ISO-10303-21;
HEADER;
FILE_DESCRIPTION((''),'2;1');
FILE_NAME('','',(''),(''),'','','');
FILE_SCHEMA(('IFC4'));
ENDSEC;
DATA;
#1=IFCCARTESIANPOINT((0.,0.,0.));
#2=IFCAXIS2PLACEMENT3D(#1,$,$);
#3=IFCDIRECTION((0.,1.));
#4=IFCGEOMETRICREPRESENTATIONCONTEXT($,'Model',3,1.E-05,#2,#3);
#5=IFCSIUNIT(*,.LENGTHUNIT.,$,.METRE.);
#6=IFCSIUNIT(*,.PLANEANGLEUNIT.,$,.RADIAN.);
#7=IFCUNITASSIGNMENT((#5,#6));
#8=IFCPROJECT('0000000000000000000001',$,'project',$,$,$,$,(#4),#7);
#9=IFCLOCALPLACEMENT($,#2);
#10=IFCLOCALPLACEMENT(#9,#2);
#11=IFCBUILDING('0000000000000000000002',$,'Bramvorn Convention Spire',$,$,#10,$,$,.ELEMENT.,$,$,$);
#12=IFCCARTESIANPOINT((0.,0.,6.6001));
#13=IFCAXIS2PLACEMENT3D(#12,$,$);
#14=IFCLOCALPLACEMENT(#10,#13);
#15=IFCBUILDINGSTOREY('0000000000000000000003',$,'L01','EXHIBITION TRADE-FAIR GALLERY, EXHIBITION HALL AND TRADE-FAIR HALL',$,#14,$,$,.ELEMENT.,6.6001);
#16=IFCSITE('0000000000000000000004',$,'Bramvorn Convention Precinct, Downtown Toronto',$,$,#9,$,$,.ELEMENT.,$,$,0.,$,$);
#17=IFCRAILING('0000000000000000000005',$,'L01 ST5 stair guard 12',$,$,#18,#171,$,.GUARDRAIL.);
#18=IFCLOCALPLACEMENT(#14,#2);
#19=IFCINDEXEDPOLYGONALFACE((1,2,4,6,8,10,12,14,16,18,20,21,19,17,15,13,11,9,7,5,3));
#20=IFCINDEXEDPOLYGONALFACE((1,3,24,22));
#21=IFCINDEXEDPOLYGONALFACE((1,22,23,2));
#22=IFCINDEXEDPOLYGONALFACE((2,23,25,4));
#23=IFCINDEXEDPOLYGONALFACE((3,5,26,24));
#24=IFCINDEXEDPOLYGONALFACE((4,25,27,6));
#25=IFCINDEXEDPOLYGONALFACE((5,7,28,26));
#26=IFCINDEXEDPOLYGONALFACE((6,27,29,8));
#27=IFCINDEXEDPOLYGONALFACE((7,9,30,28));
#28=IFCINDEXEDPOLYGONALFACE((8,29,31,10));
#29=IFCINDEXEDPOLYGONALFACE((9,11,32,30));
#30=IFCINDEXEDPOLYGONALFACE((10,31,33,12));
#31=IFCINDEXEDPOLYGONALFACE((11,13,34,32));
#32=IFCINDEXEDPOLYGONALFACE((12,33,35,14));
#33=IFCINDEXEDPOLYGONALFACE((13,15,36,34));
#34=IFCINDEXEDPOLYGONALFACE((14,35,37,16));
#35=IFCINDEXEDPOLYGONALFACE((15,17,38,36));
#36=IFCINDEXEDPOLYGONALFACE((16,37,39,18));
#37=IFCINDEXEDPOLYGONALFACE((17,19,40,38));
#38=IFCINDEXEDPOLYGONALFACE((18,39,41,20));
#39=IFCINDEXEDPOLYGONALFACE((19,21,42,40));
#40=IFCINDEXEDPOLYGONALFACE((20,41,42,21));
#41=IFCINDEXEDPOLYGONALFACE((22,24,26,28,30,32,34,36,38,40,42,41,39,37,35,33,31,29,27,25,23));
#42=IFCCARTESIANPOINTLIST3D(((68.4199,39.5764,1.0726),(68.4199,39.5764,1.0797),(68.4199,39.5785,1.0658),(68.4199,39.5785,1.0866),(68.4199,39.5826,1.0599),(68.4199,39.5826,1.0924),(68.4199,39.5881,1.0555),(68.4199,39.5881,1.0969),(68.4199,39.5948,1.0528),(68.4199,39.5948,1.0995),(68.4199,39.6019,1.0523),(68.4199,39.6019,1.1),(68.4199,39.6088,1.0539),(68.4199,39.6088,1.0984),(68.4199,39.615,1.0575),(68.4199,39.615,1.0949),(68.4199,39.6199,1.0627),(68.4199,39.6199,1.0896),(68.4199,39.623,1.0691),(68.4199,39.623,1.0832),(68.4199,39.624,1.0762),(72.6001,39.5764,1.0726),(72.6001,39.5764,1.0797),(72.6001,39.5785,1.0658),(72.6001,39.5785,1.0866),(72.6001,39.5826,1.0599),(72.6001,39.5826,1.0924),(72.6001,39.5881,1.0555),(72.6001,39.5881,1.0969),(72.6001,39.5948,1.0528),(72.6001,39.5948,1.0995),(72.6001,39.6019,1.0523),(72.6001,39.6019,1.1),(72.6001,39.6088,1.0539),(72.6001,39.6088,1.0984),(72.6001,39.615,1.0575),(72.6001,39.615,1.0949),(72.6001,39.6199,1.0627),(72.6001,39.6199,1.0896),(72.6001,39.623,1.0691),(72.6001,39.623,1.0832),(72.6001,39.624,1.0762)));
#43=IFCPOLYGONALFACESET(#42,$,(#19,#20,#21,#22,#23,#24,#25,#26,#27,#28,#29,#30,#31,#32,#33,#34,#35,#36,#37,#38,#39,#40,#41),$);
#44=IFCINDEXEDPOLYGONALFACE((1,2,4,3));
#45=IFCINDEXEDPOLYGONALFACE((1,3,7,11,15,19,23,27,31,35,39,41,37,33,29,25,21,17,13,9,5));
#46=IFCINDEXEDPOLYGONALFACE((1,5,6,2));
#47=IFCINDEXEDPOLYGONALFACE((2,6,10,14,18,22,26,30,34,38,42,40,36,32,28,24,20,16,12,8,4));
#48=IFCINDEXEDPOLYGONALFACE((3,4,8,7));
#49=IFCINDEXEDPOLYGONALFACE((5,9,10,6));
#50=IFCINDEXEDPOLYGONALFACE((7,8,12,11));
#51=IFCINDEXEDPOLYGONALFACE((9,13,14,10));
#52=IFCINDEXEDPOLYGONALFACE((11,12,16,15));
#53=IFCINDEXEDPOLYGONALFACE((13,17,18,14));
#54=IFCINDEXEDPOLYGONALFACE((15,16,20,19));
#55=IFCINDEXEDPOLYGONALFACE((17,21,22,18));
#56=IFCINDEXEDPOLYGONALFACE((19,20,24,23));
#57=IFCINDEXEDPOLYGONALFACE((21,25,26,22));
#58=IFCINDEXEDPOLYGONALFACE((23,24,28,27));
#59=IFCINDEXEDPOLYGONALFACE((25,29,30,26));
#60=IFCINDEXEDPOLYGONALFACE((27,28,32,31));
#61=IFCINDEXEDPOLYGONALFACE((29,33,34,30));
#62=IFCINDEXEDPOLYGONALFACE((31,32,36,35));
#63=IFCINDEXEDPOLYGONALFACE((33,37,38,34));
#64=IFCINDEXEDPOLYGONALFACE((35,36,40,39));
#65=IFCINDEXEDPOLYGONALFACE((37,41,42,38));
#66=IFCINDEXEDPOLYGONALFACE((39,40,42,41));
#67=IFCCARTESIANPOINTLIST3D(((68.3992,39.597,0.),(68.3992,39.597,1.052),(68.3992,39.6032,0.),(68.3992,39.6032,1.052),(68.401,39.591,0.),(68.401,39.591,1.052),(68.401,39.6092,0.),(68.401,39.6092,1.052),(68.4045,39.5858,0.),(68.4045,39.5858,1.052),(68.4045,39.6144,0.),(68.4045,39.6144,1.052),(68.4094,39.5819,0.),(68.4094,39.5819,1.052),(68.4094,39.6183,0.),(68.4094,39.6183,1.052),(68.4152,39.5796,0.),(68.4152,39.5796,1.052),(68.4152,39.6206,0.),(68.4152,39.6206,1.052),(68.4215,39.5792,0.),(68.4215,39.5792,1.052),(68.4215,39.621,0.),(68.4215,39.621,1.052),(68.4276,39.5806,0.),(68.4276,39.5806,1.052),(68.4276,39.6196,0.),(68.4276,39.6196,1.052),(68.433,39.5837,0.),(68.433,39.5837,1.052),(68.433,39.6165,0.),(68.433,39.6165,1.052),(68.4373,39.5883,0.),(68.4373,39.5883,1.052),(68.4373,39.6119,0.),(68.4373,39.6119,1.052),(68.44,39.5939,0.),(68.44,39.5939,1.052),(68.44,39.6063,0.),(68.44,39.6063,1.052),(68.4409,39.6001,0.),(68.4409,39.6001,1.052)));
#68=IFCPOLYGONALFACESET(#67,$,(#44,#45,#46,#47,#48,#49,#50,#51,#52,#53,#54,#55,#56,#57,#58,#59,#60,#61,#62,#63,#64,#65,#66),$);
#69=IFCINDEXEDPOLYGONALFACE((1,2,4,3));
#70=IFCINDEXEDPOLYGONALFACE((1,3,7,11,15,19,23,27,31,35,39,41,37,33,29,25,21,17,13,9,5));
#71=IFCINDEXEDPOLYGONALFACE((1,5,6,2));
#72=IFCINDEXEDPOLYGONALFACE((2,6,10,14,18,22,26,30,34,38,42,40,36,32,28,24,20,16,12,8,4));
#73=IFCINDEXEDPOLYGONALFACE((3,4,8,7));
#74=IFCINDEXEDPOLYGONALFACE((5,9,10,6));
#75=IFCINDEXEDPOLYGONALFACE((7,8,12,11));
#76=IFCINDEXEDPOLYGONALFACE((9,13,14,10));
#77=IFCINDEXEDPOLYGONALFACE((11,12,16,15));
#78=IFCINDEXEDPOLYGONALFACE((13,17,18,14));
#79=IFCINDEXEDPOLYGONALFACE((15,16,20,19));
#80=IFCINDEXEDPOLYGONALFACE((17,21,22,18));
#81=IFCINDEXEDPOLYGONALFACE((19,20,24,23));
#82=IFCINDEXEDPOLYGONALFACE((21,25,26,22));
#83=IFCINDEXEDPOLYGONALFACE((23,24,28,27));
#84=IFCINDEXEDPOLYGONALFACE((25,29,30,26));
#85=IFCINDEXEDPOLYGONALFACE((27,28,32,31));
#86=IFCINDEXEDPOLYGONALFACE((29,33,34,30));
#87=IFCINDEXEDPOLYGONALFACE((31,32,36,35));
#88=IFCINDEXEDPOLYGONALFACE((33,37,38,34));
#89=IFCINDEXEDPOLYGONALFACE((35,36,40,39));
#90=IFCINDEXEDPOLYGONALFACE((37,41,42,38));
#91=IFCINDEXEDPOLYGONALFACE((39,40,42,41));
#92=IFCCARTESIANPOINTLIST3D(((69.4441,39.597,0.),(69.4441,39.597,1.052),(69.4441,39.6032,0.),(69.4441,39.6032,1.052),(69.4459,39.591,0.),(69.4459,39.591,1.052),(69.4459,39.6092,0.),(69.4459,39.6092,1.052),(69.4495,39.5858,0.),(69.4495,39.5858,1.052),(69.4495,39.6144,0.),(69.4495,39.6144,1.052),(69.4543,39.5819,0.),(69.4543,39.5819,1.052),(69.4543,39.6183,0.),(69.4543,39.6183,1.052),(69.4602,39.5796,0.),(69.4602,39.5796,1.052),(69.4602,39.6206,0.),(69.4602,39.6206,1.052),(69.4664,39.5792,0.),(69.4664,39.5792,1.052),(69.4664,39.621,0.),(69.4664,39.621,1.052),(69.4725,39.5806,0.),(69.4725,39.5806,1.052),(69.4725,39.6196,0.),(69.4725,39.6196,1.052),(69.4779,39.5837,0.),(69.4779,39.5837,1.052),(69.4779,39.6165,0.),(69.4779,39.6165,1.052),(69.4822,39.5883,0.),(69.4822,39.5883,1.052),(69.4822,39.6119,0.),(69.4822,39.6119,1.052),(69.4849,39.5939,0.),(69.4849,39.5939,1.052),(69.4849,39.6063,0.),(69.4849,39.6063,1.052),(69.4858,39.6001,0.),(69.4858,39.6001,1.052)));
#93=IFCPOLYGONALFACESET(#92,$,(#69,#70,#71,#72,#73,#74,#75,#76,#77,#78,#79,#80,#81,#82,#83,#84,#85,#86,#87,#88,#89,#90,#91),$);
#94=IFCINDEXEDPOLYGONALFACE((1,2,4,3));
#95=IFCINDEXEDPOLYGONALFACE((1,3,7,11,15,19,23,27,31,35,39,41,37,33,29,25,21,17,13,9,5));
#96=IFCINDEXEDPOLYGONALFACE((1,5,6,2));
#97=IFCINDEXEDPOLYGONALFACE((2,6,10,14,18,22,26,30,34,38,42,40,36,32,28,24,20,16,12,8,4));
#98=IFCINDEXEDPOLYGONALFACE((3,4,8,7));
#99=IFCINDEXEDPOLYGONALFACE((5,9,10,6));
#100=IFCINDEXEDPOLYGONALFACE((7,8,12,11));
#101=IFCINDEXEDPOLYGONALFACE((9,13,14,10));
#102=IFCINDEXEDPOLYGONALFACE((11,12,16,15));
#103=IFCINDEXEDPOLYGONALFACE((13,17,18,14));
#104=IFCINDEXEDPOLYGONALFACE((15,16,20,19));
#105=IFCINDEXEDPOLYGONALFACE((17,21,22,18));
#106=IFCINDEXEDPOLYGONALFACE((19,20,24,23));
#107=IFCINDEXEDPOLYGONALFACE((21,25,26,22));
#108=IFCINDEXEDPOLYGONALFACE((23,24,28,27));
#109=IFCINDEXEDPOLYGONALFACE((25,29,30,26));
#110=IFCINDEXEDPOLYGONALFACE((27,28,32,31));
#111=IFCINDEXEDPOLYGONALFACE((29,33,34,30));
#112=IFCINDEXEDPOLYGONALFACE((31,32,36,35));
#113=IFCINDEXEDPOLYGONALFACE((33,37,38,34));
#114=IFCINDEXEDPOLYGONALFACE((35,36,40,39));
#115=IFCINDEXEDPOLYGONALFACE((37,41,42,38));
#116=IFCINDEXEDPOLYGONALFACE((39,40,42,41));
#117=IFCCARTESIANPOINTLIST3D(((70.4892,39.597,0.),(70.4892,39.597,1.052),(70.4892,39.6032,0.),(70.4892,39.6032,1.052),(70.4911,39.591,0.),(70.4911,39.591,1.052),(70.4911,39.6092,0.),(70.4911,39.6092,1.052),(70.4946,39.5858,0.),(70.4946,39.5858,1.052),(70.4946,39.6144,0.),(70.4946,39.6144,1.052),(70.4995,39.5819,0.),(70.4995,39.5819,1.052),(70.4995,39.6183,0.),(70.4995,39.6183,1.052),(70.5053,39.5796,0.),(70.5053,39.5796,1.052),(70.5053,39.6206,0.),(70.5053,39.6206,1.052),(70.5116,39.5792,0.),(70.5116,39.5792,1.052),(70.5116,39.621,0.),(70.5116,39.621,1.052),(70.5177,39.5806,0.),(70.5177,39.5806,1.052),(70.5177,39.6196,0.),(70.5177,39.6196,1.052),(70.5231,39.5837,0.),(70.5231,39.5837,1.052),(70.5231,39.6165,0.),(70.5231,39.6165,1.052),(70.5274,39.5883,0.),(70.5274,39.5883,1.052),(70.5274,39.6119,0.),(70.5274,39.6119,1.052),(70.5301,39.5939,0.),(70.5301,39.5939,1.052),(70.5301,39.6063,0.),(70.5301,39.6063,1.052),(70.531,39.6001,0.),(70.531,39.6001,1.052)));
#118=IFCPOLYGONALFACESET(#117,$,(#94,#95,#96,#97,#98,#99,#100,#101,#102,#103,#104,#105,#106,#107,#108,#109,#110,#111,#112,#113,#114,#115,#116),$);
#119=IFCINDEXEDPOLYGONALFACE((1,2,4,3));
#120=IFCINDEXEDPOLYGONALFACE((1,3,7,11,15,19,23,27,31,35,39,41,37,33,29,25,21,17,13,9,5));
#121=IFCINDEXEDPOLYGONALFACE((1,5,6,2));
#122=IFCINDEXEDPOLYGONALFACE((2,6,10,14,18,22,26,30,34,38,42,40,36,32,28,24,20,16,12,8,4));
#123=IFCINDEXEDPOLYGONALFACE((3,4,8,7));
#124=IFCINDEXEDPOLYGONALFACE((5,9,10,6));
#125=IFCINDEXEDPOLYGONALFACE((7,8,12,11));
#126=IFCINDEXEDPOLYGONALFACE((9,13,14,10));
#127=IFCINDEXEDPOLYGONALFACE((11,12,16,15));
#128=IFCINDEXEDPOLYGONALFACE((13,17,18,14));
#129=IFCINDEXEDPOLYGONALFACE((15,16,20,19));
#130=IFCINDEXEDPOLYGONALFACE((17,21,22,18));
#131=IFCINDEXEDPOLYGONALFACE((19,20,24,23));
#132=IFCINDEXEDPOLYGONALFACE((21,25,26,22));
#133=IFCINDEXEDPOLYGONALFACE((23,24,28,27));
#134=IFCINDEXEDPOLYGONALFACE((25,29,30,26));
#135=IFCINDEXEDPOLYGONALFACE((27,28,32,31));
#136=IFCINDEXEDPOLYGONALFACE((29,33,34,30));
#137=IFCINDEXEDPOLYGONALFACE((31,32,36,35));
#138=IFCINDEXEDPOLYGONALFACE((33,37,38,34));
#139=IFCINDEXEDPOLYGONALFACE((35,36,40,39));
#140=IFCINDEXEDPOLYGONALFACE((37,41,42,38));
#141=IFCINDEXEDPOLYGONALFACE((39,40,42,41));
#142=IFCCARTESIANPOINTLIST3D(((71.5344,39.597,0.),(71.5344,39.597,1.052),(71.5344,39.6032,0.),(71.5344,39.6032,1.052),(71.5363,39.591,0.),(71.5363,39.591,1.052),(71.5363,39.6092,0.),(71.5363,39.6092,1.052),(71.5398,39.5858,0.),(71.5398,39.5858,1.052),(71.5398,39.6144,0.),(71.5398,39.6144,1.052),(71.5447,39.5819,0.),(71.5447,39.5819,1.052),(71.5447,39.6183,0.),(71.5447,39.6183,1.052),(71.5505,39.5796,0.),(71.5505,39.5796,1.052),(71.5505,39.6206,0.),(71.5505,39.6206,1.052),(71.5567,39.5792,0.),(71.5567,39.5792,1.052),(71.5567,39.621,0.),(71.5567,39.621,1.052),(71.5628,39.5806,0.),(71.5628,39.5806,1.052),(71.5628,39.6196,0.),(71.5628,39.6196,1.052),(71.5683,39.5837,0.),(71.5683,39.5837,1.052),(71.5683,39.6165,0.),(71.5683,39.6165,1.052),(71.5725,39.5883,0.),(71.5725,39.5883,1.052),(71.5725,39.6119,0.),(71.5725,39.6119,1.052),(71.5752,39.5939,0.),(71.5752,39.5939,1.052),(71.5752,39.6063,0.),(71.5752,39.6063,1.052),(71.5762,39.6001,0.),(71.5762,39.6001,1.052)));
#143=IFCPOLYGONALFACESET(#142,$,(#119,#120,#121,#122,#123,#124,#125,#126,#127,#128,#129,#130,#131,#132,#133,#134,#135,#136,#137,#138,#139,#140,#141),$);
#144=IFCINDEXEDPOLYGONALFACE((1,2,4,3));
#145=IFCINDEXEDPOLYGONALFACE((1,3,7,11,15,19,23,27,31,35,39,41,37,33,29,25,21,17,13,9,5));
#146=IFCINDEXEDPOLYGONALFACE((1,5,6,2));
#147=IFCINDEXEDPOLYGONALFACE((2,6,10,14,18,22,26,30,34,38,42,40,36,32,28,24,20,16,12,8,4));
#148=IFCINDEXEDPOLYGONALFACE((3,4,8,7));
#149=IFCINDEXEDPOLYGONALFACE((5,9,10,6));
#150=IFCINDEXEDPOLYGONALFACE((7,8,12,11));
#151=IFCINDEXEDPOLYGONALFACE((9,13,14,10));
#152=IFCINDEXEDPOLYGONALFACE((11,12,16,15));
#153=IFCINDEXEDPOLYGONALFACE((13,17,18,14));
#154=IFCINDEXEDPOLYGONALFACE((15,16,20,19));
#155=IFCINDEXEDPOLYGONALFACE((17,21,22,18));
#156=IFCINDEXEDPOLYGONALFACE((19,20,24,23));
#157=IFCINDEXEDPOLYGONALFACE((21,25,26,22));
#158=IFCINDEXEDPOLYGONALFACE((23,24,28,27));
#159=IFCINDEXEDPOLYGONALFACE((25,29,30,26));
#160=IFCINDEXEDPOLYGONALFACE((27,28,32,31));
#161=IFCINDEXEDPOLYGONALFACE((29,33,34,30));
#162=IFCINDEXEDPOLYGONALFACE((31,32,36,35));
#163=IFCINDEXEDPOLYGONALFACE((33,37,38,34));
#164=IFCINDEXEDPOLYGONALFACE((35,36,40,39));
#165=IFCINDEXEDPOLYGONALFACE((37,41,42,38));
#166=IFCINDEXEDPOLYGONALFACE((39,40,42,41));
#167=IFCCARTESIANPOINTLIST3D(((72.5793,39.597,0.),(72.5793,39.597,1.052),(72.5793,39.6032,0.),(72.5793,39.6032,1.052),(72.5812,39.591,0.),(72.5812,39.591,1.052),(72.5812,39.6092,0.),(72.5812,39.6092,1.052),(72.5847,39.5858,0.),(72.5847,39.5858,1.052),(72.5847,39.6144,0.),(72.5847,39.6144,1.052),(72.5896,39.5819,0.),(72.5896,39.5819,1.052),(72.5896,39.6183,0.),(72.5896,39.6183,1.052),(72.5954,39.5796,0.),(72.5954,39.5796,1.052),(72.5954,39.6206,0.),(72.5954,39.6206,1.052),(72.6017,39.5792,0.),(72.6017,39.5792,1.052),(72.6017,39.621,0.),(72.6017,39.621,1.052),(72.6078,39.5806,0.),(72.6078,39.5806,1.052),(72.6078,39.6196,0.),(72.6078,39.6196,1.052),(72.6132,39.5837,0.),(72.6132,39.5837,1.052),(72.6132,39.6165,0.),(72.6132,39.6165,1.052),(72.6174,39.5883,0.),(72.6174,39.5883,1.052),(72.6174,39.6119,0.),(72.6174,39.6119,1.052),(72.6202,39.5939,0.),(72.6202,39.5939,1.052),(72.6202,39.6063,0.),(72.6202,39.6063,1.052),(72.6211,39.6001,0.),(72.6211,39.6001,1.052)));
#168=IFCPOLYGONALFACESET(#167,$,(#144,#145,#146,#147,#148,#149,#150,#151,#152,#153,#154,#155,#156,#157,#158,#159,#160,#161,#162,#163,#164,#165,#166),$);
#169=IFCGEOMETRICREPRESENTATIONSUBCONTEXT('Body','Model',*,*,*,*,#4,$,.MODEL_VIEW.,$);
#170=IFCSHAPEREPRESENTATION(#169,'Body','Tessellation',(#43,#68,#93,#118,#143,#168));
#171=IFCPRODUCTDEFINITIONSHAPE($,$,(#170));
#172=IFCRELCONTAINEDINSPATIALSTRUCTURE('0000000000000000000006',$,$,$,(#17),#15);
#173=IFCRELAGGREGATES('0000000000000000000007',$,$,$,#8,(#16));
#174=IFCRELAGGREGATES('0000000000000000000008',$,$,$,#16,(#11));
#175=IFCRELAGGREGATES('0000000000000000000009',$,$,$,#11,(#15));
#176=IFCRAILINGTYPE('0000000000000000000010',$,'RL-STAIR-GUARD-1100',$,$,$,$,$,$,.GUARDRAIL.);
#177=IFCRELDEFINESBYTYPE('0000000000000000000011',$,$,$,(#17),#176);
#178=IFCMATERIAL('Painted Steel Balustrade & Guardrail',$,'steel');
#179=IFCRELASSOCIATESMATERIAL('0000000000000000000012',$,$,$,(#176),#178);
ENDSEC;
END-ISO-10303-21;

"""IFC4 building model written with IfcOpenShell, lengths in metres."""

from ifc_helpers import new_model, si_unit, direction, frame, origin, origin_2d, place, context, subcontext, project, spatial, circle, extrude, material, type_object, element, save


model = new_model("IFC4")

# Units and contexts
model_context = context("Model", 3, precision=1e-05, world=origin(), true_north=direction((0.0, 1.0)))
body_context = subcontext(model_context, "Body", "Model", "MODEL_VIEW")
ifc_project = project(units=[si_unit("LENGTHUNIT", "METRE"), si_unit("PLANEANGLEUNIT", "RADIAN")], contexts=[model_context])

# Site, building, storey
site_placement = place(None, origin())
site = spatial("IfcSite", under=ifc_project, at=site_placement, Name="Bramvorn Convention Precinct, Downtown Toronto", CompositionType="ELEMENT", RefElevation=0.0)
building_placement = place(site_placement, origin())
building = spatial("IfcBuilding", under=site, at=building_placement, Name="Bramvorn Convention Spire", CompositionType="ELEMENT")
storey_placement = place(building_placement, frame((0.0, 0.0, 6.6001)))
storey = spatial("IfcBuildingStorey", under=building, at=storey_placement, Name="L01", Description="EXHIBITION TRADE-FAIR GALLERY, EXHIBITION HALL AND TRADE-FAIR HALL", CompositionType="ELEMENT", Elevation=6.6001)

# Railing
ifc_material_1 = material(Name="Painted Steel Balustrade & Guardrail", Category="steel")
railing_type = type_object("IfcRailingType", Name="RL-STAIR-GUARD-1100", PredefinedType="GUARDRAIL", material=ifc_material_1)
railing_1_placement = place(storey_placement, frame((68.4199, 39.6001, 0.0)))
element("IfcRailing", 1, at=railing_1_placement, inside=storey, type_object=railing_type, Name="L01 ST5 stair guard 12", PredefinedType="GUARDRAIL", context=body_context, shape_type="SweptSolid", body=[
    extrude(circle(Radius=0.0239, at=origin_2d()), frame((0.0, 0.0, 1.0762), z_axis=(1.0, 0.0, 0.0), x_axis=(0.0, 1.0, 0.0)), (0.0, 0.0, 1.0), 4.1802),
    extrude(circle(Radius=0.021, at=origin_2d()), origin(), (0.0, 0.0, 1.0), 1.052),
    extrude(circle(Radius=0.021, at=origin_2d()), frame((1.0449, 0.0, 0.0)), (0.0, 0.0, 1.0), 1.052),
    extrude(circle(Radius=0.021, at=origin_2d()), frame((2.0901, 0.0, 0.0)), (0.0, 0.0, 1.0), 1.052),
    extrude(circle(Radius=0.021, at=origin_2d()), frame((3.1353, 0.0, 0.0)), (0.0, 0.0, 1.0), 1.052),
    extrude(circle(Radius=0.021, at=origin_2d()), frame((4.1802, 0.0, 0.0)), (0.0, 0.0, 1.0), 1.052),
])

save(model, "model.ifc")
